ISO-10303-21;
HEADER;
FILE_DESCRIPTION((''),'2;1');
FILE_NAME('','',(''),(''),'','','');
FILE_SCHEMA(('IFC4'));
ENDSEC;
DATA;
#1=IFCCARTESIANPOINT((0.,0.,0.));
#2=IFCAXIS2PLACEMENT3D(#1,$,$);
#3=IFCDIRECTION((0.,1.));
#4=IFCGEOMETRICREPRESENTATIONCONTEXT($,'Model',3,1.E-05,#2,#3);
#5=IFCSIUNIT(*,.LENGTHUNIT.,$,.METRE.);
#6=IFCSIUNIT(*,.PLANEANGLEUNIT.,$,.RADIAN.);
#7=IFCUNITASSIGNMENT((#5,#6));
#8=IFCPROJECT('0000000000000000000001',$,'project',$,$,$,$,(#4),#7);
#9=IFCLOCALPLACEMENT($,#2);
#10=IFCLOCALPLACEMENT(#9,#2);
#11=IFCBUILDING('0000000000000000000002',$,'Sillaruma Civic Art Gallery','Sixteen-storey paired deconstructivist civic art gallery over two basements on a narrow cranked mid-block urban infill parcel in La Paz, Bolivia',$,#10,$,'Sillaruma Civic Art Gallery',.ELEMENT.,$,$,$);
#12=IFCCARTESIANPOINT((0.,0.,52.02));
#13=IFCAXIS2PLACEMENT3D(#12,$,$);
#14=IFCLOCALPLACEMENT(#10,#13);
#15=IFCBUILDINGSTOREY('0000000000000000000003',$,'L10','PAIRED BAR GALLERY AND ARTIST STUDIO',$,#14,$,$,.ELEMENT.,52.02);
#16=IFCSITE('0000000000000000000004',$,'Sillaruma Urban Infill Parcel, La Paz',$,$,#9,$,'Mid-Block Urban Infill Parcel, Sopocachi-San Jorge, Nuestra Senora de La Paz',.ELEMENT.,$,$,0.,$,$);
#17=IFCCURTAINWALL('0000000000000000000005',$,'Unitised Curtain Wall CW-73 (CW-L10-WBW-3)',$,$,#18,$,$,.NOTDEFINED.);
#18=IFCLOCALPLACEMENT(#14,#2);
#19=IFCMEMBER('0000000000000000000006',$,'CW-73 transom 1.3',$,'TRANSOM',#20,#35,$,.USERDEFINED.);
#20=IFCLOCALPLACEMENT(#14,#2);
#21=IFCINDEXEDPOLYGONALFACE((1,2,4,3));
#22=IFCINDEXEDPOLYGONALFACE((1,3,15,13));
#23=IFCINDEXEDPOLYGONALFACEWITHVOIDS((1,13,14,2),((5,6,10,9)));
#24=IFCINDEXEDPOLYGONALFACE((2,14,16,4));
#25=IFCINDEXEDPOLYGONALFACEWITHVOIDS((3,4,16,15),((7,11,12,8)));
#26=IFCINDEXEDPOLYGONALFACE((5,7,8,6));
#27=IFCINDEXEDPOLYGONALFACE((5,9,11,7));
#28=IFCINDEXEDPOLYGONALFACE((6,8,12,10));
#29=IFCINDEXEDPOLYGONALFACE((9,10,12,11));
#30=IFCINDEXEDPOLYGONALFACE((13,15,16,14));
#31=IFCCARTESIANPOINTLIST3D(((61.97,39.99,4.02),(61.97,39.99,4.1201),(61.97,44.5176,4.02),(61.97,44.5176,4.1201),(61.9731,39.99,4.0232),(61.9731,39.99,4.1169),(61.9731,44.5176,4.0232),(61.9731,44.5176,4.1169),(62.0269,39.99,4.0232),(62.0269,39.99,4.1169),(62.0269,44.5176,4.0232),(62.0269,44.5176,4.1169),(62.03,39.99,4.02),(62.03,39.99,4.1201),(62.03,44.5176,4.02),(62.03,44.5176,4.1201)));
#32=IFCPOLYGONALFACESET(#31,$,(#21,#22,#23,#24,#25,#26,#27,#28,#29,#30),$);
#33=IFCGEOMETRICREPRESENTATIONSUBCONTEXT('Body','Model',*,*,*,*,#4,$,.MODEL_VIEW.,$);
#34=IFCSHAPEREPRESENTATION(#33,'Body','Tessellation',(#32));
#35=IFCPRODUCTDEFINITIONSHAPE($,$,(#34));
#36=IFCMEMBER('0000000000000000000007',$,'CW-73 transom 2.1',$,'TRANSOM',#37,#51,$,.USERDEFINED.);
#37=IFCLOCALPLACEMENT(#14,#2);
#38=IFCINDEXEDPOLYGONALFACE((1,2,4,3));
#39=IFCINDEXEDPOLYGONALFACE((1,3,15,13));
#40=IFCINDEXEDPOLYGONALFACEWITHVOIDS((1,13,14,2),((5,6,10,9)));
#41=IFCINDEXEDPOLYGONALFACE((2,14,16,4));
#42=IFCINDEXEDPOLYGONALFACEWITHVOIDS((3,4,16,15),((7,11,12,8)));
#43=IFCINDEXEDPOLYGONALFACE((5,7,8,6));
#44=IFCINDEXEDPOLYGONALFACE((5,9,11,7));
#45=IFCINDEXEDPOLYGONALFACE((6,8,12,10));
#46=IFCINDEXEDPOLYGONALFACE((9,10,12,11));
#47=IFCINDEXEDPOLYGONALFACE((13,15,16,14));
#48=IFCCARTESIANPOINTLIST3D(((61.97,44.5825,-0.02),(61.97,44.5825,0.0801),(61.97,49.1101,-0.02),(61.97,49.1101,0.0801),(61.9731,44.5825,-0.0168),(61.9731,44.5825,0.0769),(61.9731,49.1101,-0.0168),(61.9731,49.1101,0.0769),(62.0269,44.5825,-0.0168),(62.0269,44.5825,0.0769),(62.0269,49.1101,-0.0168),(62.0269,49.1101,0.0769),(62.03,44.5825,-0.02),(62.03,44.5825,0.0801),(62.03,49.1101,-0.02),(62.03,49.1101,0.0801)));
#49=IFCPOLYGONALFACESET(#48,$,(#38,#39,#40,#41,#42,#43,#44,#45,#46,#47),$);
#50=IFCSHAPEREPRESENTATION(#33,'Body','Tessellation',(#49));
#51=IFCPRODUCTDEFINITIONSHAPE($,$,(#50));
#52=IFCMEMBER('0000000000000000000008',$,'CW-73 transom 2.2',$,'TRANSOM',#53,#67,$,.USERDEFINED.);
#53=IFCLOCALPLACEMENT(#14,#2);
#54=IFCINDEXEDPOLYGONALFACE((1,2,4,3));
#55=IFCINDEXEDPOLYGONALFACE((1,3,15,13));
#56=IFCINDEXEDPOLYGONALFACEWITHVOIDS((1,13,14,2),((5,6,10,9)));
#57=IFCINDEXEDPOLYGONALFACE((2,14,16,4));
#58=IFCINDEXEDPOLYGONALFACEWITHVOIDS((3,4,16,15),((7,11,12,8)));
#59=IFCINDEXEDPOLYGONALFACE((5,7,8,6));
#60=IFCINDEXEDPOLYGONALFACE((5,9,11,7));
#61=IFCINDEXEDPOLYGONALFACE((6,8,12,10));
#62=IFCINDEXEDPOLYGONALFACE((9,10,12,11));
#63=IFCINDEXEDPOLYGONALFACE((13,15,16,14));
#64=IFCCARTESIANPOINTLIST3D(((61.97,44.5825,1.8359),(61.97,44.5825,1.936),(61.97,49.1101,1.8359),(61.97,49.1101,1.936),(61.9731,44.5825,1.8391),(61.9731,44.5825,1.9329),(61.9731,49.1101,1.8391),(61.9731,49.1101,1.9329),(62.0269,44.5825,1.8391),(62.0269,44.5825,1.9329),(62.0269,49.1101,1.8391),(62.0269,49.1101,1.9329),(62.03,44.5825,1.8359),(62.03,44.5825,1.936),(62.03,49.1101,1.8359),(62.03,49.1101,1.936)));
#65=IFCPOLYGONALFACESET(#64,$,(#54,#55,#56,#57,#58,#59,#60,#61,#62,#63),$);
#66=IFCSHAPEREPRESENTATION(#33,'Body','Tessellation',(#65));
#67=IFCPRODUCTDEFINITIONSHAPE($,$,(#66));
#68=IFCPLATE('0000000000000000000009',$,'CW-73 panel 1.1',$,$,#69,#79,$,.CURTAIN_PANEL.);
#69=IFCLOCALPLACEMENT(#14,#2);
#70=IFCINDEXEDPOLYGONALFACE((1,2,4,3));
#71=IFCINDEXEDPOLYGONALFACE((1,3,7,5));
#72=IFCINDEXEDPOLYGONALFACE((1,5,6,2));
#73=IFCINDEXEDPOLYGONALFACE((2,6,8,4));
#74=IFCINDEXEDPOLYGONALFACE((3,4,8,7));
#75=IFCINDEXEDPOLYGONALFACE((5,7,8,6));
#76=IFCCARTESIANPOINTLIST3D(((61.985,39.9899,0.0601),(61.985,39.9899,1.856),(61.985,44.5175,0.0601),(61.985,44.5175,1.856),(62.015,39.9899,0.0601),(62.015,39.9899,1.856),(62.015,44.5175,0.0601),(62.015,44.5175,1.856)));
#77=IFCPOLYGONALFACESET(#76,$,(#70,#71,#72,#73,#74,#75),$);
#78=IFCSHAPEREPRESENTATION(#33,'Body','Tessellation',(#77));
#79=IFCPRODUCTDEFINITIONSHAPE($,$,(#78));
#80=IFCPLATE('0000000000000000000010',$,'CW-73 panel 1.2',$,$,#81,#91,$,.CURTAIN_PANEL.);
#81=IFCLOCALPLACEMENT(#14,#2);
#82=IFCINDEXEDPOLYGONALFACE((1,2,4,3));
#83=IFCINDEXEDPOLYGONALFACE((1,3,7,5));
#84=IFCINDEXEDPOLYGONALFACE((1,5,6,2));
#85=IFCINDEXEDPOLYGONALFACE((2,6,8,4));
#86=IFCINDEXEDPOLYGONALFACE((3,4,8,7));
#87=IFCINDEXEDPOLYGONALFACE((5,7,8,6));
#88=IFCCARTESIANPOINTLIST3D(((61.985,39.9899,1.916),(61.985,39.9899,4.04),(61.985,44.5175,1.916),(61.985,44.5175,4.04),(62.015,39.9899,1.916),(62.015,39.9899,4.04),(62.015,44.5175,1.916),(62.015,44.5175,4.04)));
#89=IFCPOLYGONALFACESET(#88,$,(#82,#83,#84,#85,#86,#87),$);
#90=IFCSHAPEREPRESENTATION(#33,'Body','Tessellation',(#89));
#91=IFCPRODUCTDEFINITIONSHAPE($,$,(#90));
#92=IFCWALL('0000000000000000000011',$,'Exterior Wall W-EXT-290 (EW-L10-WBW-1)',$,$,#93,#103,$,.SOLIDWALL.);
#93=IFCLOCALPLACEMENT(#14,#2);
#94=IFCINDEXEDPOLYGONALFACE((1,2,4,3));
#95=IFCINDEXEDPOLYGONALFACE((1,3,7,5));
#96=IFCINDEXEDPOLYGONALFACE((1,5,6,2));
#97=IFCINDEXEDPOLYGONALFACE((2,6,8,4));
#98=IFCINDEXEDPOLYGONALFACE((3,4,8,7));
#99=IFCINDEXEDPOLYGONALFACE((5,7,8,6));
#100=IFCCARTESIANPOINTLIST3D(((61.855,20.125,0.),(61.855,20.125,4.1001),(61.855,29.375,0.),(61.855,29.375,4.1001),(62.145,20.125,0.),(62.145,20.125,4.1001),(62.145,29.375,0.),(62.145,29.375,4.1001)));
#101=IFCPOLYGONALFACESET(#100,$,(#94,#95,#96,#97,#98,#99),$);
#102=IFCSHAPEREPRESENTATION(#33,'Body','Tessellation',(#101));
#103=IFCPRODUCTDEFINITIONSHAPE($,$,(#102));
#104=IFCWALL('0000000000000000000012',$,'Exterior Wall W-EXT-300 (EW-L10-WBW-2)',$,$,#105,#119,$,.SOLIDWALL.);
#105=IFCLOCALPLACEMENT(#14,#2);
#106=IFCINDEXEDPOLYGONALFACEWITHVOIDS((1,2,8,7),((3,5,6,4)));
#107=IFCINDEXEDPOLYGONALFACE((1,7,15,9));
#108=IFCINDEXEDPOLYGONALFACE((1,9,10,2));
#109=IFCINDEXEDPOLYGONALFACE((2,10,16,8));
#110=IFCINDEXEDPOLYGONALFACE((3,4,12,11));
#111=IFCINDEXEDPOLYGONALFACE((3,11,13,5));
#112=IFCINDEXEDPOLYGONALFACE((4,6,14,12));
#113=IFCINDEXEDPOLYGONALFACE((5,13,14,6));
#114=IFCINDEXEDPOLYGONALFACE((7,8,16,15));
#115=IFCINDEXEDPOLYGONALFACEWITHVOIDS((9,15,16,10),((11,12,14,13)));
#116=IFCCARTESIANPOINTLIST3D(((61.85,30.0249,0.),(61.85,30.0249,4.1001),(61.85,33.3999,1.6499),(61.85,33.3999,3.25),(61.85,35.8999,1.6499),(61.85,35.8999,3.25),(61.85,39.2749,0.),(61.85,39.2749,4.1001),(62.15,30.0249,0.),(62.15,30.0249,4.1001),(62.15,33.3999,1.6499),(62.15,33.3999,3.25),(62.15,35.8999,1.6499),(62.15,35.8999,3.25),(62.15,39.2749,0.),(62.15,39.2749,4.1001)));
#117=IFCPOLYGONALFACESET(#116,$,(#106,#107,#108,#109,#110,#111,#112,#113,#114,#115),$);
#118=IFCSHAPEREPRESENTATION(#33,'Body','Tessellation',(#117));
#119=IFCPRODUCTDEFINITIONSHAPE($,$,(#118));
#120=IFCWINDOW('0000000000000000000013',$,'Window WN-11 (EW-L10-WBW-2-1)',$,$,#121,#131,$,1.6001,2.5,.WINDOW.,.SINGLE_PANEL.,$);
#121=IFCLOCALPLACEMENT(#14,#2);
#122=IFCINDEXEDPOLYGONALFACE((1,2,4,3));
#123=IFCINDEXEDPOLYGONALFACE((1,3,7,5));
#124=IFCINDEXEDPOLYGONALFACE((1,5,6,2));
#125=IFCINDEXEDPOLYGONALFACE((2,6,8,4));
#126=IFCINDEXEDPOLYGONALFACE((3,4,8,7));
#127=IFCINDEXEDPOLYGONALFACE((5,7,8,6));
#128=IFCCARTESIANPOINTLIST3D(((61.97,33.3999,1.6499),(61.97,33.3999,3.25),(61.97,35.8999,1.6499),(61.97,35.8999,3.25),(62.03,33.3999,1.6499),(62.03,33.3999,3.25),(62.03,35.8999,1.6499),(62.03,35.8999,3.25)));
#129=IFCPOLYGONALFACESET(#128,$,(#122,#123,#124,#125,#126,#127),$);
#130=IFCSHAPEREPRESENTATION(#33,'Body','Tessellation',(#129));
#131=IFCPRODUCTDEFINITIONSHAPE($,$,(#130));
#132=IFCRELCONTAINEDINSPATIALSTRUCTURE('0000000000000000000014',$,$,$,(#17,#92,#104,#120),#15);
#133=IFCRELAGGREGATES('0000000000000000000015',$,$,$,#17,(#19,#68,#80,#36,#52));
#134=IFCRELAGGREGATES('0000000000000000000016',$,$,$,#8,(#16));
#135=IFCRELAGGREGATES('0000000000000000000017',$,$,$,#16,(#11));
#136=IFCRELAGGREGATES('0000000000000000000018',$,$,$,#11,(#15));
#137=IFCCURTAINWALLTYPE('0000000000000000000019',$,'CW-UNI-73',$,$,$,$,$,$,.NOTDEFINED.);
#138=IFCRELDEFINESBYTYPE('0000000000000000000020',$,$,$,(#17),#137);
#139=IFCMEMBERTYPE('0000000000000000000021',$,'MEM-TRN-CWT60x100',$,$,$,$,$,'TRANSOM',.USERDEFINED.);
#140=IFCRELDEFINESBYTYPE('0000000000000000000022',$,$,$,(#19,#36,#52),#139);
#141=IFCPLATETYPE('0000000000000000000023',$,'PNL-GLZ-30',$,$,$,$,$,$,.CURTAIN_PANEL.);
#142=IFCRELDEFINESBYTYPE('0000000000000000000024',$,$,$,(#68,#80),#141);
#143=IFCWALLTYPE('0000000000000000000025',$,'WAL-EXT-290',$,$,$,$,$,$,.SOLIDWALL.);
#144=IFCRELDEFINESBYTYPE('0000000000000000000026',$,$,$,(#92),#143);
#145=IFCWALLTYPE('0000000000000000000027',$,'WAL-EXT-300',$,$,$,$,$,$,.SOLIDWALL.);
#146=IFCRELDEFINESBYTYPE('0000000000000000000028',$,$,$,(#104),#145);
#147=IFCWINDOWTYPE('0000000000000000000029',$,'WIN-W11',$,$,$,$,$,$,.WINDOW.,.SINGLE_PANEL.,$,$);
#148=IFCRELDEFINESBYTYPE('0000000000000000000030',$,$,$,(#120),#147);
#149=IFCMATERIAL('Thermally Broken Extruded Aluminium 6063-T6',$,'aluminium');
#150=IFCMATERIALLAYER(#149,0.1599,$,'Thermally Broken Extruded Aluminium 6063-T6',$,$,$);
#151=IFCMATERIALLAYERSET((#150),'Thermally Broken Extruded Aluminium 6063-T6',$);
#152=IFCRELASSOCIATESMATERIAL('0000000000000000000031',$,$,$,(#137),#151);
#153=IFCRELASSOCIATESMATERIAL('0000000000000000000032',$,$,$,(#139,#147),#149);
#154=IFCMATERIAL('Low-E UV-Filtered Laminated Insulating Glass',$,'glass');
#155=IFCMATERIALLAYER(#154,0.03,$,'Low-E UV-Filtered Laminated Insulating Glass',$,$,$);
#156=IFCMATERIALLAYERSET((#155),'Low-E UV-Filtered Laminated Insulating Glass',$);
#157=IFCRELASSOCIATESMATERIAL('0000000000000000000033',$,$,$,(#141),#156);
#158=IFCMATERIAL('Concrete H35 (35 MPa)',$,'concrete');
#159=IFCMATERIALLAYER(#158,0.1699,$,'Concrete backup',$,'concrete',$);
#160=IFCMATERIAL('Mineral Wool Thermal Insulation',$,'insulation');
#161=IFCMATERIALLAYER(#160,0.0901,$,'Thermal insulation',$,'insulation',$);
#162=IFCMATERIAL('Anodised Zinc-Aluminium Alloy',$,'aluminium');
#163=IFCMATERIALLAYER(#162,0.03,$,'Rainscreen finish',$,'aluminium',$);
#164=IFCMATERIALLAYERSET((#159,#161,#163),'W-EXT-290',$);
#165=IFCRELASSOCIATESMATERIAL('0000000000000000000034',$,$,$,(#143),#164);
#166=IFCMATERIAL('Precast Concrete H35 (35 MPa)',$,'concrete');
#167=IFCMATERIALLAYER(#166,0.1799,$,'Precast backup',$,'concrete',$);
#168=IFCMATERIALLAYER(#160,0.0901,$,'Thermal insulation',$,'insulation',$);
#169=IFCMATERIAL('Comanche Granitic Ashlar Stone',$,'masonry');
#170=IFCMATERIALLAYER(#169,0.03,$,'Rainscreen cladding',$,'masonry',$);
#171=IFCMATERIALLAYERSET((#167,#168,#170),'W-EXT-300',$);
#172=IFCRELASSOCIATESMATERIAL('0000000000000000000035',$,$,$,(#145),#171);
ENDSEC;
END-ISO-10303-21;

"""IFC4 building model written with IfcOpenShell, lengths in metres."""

from ifc_helpers import new_model, si_unit, direction, frame, frame_2d, origin, origin_2d, place, context, subcontext, project, spatial, rectangle, hollow_rectangle, extrude, material, layer, layer_set, material_profile, profile_set, type_object, element, fill, aggregate, save


model = new_model("IFC4")

# Units and contexts
model_context = context("Model", 3, precision=1e-05, world=origin(), true_north=direction((0.0, 1.0)))
body_context = subcontext(model_context, "Body", "Model", "MODEL_VIEW")
ifc_project = project(units=[si_unit("LENGTHUNIT", "METRE"), si_unit("PLANEANGLEUNIT", "RADIAN")], contexts=[model_context])

# Site, building, storey
site_placement = place(None, origin())
site = spatial("IfcSite", under=ifc_project, at=site_placement, Name="Sillaruma Urban Infill Parcel, La Paz", LongName="Mid-Block Urban Infill Parcel, Sopocachi-San Jorge, Nuestra Senora de La Paz", CompositionType="ELEMENT", RefElevation=0.0)
building_placement = place(site_placement, origin())
building = spatial("IfcBuilding", under=site, at=building_placement, Name="Sillaruma Civic Art Gallery", Description="Sixteen-storey paired deconstructivist civic art gallery over two basements on a narrow cranked mid-block urban infill parcel in La Paz, Bolivia", LongName="Sillaruma Civic Art Gallery", CompositionType="ELEMENT")
storey_placement = place(building_placement, frame((0.0, 0.0, 52.02)))
storey = spatial("IfcBuildingStorey", under=building, at=storey_placement, Name="L10", Description="PAIRED BAR GALLERY AND ARTIST STUDIO", CompositionType="ELEMENT", Elevation=52.02)

# Shared definitions
ifc_material_1 = material(Name="Concrete H35 (35 MPa)", Category="concrete")

# Curtain wall, members, plates
ifc_material_2 = material(Name="Thermally Broken Extruded Aluminium 6063-T6", Category="aluminium")
ifc_layer_1 = layer(ifc_material_2, 0.1599, Name="Thermally Broken Extruded Aluminium 6063-T6")
ifc_layer_set_1 = layer_set([ifc_layer_1], Name="Thermally Broken Extruded Aluminium 6063-T6")
curtain_wall_type = type_object("IfcCurtainWallType", Name="CW-UNI-73", PredefinedType="NOTDEFINED", material=ifc_layer_set_1)
curtain_wall_placement = place(storey_placement, origin())
curtain_wall = element("IfcCurtainWall", 1, at=curtain_wall_placement, inside=storey, type_object=curtain_wall_type, Name="Unitised Curtain Wall CW-73 (CW-L10-WBW-3)", PredefinedType="NOTDEFINED")
ifc_material_profile_1 = material_profile(ifc_material_2, hollow_rectangle(XDim=0.0601, YDim=0.1001, WallThickness=0.0032, at=origin_2d()), Name="CWT60x100")
ifc_profile_set_1 = profile_set([ifc_material_profile_1], Name="Thermally Broken Extruded Aluminium 6063-T6")
member_type_1 = type_object("IfcMemberType", Name="MEM-TRN-CWT60x100", ElementType="TRANSOM", PredefinedType="USERDEFINED", material=ifc_profile_set_1)
member_1_placement = place(storey_placement, frame((62.0, 39.99, 4.0701), z_axis=(0.0, 1.0, 0.0), x_axis=(-1.0, 0.0, 0.0)))
member_1 = element("IfcMember", 2, at=member_1_placement, type_object=member_type_1, Name="CW-73 transom 1.3", ObjectType="TRANSOM", PredefinedType="USERDEFINED", context=body_context, shape_type="SweptSolid", body=[
    extrude(hollow_rectangle(XDim=0.0601, YDim=0.1001, WallThickness=0.0032, at=origin_2d()), origin(), (0.0, 0.0, 1.0), 4.5276),
])
member_2_placement = place(storey_placement, frame((62.0, 44.5825, 0.03), z_axis=(0.0, 1.0, 0.0), x_axis=(-1.0, 0.0, 0.0)))
member_2 = element("IfcMember", 3, at=member_2_placement, type_object=member_type_1, Name="CW-73 transom 2.1", ObjectType="TRANSOM", PredefinedType="USERDEFINED", context=body_context, shape_type="SweptSolid", body=[
    extrude(hollow_rectangle(XDim=0.0601, YDim=0.1001, WallThickness=0.0032, at=origin_2d()), origin(), (0.0, 0.0, 1.0), 4.5276),
])
member_3_placement = place(storey_placement, frame((62.0, 44.5825, 1.886), z_axis=(0.0, 1.0, 0.0), x_axis=(-1.0, 0.0, 0.0)))
member_3 = element("IfcMember", 4, at=member_3_placement, type_object=member_type_1, Name="CW-73 transom 2.2", ObjectType="TRANSOM", PredefinedType="USERDEFINED", context=body_context, shape_type="SweptSolid", body=[
    extrude(hollow_rectangle(XDim=0.0601, YDim=0.1001, WallThickness=0.0032, at=origin_2d()), origin(), (0.0, 0.0, 1.0), 4.5276),
])
ifc_material_3 = material(Name="Low-E UV-Filtered Laminated Insulating Glass", Category="glass")
ifc_layer_2 = layer(ifc_material_3, 0.03, Name="Low-E UV-Filtered Laminated Insulating Glass")
ifc_layer_set_2 = layer_set([ifc_layer_2], Name="Low-E UV-Filtered Laminated Insulating Glass")
plate_type = type_object("IfcPlateType", Name="PNL-GLZ-30", PredefinedType="CURTAIN_PANEL", material=ifc_layer_set_2)
plate_1_placement = place(storey_placement, frame((62.0, 42.2537, 0.0601), z_axis=(0.0, 0.0, 1.0), x_axis=(0.0, 1.0, 0.0)))
plate_1 = element("IfcPlate", 5, at=plate_1_placement, type_object=plate_type, Name="CW-73 panel 1.1", PredefinedType="CURTAIN_PANEL", context=body_context, shape_type="SweptSolid", body=[
    extrude(rectangle(XDim=4.5276, YDim=0.03, at=origin_2d()), origin(), (0.0, 0.0, 1.0), 1.7959),
])
plate_2_placement = place(storey_placement, frame((62.0, 42.2537, 1.916), z_axis=(0.0, 0.0, 1.0), x_axis=(0.0, 1.0, 0.0)))
plate_2 = element("IfcPlate", 6, at=plate_2_placement, type_object=plate_type, Name="CW-73 panel 1.2", PredefinedType="CURTAIN_PANEL", context=body_context, shape_type="SweptSolid", body=[
    extrude(rectangle(XDim=4.5276, YDim=0.03, at=origin_2d()), origin(), (0.0, 0.0, 1.0), 2.124),
])
aggregate(curtain_wall, [member_1, plate_1, plate_2, member_2, member_3])

# Wall
ifc_layer_3 = layer(ifc_material_1, 0.1699, Name="Concrete backup", Category="concrete")
ifc_material_4 = material(Name="Mineral Wool Thermal Insulation", Category="insulation")
ifc_layer_4 = layer(ifc_material_4, 0.0901, Name="Thermal insulation", Category="insulation")
ifc_material_5 = material(Name="Anodised Zinc-Aluminium Alloy", Category="aluminium")
ifc_layer_5 = layer(ifc_material_5, 0.03, Name="Rainscreen finish", Category="aluminium")
ifc_layer_set_3 = layer_set([ifc_layer_3, ifc_layer_4, ifc_layer_5], Name="W-EXT-290")
wall_type_1 = type_object("IfcWallType", Name="WAL-EXT-290", PredefinedType="SOLIDWALL", material=ifc_layer_set_3)
wall_1_placement = place(storey_placement, frame((62.0, 20.125, 0.0), z_axis=(0.0, 0.0, 1.0), x_axis=(0.0, 1.0, 0.0)))
element("IfcWall", 7, at=wall_1_placement, inside=storey, type_object=wall_type_1, Name="Exterior Wall W-EXT-290 (EW-L10-WBW-1)", PredefinedType="SOLIDWALL", context=body_context, shape_type="SweptSolid", body=[
    extrude(rectangle(XDim=9.25, YDim=0.29, at=frame_2d((4.625, 0.0))), origin(), (0.0, 0.0, 1.0), 4.1001),
])

# Wall, opening, window
ifc_material_6 = material(Name="Precast Concrete H35 (35 MPa)", Category="concrete")
ifc_layer_6 = layer(ifc_material_6, 0.1799, Name="Precast backup", Category="concrete")
ifc_layer_7 = layer(ifc_material_4, 0.0901, Name="Thermal insulation", Category="insulation")
ifc_material_7 = material(Name="Comanche Granitic Ashlar Stone", Category="masonry")
ifc_layer_8 = layer(ifc_material_7, 0.03, Name="Rainscreen cladding", Category="masonry")
ifc_layer_set_4 = layer_set([ifc_layer_6, ifc_layer_7, ifc_layer_8], Name="W-EXT-300")
wall_type_2 = type_object("IfcWallType", Name="WAL-EXT-300", PredefinedType="SOLIDWALL", material=ifc_layer_set_4)
wall_2_placement = place(storey_placement, frame((62.0, 30.0249, 0.0), z_axis=(0.0, 0.0, 1.0), x_axis=(0.0, 1.0, 0.0)))
wall_2 = element("IfcWall", 8, at=wall_2_placement, inside=storey, type_object=wall_type_2, Name="Exterior Wall W-EXT-300 (EW-L10-WBW-2)", PredefinedType="SOLIDWALL", context=body_context, shape_type="SweptSolid", body=[
    extrude(rectangle(XDim=9.25, YDim=0.3, at=frame_2d((4.625, 0.0))), origin(), (0.0, 0.0, 1.0), 4.1001),
])
opening_placement = place(wall_2_placement, frame((3.375, 0.0, 1.6499)))
opening = element("IfcOpeningElement", 9, at=opening_placement, cuts=wall_2, PredefinedType="OPENING", context=body_context, shape_type="SweptSolid", body=[
    extrude(rectangle(XDim=2.5, YDim=1.6001, at=frame_2d((1.25, 0.8))), frame((0.0, 0.1599, 0.0), z_axis=(0.0, -1.0, 0.0), x_axis=(1.0, 0.0, 0.0)), (0.0, 0.0, 1.0), 0.3201),
])
window_type = type_object("IfcWindowType", Name="WIN-W11", PartitioningType="SINGLE_PANEL", PredefinedType="WINDOW", material=ifc_material_2)
window_placement = place(opening_placement, origin())
window = element("IfcWindow", 10, at=window_placement, inside=storey, type_object=window_type, Name="Window WN-11 (EW-L10-WBW-2-1)", OverallHeight=1.6001, OverallWidth=2.5, PartitioningType="SINGLE_PANEL", PredefinedType="WINDOW", context=body_context, shape_type="SweptSolid", body=[
    extrude(rectangle(XDim=2.5, YDim=1.6001, at=frame_2d((1.25, 0.8))), frame((0.0, 0.03, 0.0), z_axis=(0.0, -1.0, 0.0), x_axis=(1.0, 0.0, 0.0)), (0.0, 0.0, 1.0), 0.0601),
])
fill(opening, window)

save(model, "model.ifc")
